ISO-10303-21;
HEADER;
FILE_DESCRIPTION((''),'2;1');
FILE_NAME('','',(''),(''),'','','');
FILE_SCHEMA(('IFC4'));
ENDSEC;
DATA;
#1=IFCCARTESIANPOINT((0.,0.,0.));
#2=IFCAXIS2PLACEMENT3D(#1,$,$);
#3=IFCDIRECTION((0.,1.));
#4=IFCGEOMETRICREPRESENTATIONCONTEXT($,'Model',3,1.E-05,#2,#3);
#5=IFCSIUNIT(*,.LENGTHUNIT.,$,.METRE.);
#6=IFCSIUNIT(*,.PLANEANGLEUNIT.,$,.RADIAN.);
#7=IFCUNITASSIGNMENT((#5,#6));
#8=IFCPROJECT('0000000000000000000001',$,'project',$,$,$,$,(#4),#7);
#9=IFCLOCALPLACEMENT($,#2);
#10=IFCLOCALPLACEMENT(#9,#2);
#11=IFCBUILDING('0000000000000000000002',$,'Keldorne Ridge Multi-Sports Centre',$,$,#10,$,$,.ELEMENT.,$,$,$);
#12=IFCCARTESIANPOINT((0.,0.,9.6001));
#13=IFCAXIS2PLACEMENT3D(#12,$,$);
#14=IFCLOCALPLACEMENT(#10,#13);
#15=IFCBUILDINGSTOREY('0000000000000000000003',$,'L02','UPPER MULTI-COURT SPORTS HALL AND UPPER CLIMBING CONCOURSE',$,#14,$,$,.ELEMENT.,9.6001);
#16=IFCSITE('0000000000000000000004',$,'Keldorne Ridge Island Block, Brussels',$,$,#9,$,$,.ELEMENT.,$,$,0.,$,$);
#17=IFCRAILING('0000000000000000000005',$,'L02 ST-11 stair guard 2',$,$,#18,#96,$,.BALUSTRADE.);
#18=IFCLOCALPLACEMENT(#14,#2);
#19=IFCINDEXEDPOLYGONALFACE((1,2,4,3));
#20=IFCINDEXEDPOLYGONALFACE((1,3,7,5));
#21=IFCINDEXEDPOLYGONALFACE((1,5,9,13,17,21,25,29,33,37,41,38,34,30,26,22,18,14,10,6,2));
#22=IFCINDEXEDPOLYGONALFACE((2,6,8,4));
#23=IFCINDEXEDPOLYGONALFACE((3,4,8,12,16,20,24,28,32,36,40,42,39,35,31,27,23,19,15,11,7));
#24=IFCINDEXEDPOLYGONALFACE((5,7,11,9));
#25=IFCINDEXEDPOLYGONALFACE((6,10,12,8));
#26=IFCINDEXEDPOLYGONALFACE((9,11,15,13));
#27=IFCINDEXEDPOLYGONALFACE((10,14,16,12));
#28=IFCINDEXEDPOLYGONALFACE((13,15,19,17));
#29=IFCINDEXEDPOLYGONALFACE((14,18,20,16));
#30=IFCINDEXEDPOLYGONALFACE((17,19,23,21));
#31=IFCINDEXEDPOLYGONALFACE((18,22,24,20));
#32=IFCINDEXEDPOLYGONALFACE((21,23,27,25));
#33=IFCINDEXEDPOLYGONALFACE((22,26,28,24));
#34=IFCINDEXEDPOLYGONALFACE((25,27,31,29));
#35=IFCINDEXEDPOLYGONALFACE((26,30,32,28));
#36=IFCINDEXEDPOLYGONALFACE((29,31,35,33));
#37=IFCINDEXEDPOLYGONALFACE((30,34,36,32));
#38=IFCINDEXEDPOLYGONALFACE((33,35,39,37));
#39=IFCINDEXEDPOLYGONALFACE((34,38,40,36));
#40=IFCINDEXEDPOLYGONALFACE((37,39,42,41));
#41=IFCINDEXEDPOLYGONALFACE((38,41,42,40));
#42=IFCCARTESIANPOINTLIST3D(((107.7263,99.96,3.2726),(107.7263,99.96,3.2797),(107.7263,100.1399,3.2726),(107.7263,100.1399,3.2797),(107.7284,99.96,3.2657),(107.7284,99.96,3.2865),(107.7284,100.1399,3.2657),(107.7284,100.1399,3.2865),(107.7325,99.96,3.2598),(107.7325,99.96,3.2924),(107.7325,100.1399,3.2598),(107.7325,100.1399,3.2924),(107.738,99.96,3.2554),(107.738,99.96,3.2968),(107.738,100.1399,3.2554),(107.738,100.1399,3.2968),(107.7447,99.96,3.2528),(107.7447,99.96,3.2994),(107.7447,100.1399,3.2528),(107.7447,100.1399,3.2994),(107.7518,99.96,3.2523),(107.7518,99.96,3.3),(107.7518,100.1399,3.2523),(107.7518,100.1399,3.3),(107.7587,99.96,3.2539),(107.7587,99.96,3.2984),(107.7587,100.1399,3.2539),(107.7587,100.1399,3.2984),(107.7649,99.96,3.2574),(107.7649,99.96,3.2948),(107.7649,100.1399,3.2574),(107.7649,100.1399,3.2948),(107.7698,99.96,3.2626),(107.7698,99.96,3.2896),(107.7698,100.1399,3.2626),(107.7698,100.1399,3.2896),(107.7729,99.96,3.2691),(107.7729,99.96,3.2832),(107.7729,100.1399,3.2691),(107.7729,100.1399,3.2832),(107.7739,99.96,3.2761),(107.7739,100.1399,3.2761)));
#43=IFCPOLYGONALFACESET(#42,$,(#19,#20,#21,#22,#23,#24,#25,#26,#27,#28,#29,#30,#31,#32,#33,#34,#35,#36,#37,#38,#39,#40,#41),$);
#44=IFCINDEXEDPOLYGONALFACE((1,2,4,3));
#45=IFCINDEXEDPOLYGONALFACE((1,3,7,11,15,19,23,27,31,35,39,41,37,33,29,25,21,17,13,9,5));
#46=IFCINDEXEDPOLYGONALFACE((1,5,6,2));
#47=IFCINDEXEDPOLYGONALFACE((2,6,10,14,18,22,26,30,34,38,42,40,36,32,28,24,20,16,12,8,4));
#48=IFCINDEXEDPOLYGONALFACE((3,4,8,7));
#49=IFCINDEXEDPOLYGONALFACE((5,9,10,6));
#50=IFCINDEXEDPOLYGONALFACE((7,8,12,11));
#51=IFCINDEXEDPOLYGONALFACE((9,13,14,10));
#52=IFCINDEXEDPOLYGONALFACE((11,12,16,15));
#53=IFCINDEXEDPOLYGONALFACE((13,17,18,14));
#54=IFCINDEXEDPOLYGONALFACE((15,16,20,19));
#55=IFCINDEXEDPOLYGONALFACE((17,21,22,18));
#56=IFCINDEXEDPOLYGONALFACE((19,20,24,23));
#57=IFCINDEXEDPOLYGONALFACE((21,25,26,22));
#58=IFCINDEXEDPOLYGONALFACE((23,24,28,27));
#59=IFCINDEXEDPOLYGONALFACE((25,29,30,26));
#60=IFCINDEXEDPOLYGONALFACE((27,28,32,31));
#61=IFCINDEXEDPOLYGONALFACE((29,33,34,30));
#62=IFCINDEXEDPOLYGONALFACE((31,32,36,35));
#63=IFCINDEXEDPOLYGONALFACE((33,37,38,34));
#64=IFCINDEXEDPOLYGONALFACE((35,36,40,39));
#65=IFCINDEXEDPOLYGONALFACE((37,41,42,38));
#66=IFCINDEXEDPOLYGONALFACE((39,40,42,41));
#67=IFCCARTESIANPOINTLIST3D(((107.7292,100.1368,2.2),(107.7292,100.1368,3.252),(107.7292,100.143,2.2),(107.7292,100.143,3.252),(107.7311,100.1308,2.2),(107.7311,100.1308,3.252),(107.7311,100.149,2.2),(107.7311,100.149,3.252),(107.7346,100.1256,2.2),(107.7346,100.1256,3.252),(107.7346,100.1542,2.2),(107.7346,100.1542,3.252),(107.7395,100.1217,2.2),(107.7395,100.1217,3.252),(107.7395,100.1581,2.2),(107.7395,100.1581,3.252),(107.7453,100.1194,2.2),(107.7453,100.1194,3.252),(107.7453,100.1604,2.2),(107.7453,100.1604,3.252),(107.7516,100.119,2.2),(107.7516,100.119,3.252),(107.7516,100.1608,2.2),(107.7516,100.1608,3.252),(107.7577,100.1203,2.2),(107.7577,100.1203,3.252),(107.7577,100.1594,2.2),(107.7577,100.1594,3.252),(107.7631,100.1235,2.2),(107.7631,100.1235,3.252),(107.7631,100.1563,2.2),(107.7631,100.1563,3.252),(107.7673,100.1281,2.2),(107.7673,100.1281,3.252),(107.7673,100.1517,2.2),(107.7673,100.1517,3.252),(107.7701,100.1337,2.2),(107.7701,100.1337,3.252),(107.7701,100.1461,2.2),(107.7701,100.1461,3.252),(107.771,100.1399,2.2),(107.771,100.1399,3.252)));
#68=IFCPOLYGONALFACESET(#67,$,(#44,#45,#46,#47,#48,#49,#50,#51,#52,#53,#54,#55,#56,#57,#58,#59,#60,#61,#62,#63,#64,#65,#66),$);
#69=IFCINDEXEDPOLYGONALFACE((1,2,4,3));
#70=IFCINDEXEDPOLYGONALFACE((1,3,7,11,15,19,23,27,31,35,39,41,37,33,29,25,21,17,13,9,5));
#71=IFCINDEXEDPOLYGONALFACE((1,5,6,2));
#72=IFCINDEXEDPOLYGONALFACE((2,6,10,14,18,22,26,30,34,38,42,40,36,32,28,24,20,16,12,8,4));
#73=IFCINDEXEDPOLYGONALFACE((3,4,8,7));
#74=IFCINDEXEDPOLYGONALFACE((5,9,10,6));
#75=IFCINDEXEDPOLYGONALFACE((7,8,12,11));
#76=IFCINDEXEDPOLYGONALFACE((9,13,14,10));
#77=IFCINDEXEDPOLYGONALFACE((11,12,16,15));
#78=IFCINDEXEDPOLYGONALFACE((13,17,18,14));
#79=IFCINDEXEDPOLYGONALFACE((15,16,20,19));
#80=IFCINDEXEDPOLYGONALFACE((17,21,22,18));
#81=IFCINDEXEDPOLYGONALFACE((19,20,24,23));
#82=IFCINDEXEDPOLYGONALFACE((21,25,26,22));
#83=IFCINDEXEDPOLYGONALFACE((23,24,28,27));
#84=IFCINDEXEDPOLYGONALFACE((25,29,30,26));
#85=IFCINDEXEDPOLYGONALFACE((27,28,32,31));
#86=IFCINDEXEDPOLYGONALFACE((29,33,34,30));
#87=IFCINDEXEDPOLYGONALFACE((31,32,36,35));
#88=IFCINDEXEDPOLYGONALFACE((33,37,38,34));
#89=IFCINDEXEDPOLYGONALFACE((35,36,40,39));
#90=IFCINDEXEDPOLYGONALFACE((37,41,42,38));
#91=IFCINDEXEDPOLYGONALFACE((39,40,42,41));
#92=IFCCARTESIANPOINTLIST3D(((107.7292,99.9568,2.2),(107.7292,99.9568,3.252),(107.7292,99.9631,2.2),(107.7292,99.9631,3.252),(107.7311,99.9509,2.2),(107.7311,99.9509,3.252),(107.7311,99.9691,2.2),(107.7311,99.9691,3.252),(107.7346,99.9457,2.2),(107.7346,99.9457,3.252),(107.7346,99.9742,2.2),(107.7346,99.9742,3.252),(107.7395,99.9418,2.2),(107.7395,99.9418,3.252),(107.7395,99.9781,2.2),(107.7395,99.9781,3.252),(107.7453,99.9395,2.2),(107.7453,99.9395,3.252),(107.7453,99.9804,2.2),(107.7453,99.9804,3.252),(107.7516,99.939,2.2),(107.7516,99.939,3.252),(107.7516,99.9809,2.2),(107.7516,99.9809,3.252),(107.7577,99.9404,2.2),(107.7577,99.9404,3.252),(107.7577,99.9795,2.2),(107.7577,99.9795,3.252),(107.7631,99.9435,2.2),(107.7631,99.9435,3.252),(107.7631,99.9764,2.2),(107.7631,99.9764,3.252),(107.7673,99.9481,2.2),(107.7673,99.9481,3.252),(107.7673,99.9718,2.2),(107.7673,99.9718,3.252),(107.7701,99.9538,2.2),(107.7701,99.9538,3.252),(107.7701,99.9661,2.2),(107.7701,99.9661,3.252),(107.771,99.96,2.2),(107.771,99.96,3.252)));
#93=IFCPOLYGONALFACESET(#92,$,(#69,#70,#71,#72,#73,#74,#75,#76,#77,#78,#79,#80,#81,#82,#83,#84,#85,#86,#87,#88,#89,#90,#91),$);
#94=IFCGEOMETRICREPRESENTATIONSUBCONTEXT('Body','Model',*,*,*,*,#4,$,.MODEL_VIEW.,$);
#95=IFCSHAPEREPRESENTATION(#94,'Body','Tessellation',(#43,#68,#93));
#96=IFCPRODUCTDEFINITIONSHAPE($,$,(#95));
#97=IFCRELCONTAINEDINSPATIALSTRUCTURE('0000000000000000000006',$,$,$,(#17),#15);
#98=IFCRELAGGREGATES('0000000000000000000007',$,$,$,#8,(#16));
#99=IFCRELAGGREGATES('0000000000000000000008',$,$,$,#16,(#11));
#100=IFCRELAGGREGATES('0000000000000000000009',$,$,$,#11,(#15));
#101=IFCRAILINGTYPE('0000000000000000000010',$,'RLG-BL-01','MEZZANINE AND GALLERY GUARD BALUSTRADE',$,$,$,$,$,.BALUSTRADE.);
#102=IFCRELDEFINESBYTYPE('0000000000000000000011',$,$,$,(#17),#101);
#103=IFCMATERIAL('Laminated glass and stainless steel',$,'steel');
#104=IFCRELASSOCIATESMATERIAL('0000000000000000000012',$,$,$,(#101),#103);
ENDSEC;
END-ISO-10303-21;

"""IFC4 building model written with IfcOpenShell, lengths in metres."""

from ifc_helpers import new_model, si_unit, direction, frame, origin, origin_2d, place, context, subcontext, project, spatial, circle, extrude, material, type_object, element, save


model = new_model("IFC4")

# Units and contexts
model_context = context("Model", 3, precision=1e-05, world=origin(), true_north=direction((0.0, 1.0)))
body_context = subcontext(model_context, "Body", "Model", "MODEL_VIEW")
ifc_project = project(units=[si_unit("LENGTHUNIT", "METRE"), si_unit("PLANEANGLEUNIT", "RADIAN")], contexts=[model_context])

# Site, building, storey
site_placement = place(None, origin())
site = spatial("IfcSite", under=ifc_project, at=site_placement, Name="Keldorne Ridge Island Block, Brussels", CompositionType="ELEMENT", RefElevation=0.0)
building_placement = place(site_placement, origin())
building = spatial("IfcBuilding", under=site, at=building_placement, Name="Keldorne Ridge Multi-Sports Centre", CompositionType="ELEMENT")
storey_placement = place(building_placement, frame((0.0, 0.0, 9.6001)))
storey = spatial("IfcBuildingStorey", under=building, at=storey_placement, Name="L02", Description="UPPER MULTI-COURT SPORTS HALL AND UPPER CLIMBING CONCOURSE", CompositionType="ELEMENT", Elevation=9.6001)

# Railing
ifc_material_1 = material(Name="Laminated glass and stainless steel", Category="steel")
railing_type = type_object("IfcRailingType", Name="RLG-BL-01", Description="MEZZANINE AND GALLERY GUARD BALUSTRADE", PredefinedType="BALUSTRADE", material=ifc_material_1)
for number, where, name in (
    (1, (107.75, 100.1399, 2.2), "L02 ST-11 stair guard 2"),
):
    element("IfcRailing", number, at=place(storey_placement, frame(where)), inside=storey, type_object=railing_type, Name=name, PredefinedType="BALUSTRADE", context=body_context, shape_type="SweptSolid", body=[
        extrude(circle(Radius=0.0239, at=origin_2d()), frame((0.0, 0.0, 1.0762), z_axis=(0.0, -1.0, 0.0), x_axis=(1.0, 0.0, 0.0)), (0.0, 0.0, 1.0), 0.1799),
        extrude(circle(Radius=0.021, at=origin_2d()), origin(), (0.0, 0.0, 1.0), 1.052),
        extrude(circle(Radius=0.021, at=origin_2d()), frame((0.0, -0.1799, 0.0)), (0.0, 0.0, 1.0), 1.052),
    ])

save(model, "model.ifc")
